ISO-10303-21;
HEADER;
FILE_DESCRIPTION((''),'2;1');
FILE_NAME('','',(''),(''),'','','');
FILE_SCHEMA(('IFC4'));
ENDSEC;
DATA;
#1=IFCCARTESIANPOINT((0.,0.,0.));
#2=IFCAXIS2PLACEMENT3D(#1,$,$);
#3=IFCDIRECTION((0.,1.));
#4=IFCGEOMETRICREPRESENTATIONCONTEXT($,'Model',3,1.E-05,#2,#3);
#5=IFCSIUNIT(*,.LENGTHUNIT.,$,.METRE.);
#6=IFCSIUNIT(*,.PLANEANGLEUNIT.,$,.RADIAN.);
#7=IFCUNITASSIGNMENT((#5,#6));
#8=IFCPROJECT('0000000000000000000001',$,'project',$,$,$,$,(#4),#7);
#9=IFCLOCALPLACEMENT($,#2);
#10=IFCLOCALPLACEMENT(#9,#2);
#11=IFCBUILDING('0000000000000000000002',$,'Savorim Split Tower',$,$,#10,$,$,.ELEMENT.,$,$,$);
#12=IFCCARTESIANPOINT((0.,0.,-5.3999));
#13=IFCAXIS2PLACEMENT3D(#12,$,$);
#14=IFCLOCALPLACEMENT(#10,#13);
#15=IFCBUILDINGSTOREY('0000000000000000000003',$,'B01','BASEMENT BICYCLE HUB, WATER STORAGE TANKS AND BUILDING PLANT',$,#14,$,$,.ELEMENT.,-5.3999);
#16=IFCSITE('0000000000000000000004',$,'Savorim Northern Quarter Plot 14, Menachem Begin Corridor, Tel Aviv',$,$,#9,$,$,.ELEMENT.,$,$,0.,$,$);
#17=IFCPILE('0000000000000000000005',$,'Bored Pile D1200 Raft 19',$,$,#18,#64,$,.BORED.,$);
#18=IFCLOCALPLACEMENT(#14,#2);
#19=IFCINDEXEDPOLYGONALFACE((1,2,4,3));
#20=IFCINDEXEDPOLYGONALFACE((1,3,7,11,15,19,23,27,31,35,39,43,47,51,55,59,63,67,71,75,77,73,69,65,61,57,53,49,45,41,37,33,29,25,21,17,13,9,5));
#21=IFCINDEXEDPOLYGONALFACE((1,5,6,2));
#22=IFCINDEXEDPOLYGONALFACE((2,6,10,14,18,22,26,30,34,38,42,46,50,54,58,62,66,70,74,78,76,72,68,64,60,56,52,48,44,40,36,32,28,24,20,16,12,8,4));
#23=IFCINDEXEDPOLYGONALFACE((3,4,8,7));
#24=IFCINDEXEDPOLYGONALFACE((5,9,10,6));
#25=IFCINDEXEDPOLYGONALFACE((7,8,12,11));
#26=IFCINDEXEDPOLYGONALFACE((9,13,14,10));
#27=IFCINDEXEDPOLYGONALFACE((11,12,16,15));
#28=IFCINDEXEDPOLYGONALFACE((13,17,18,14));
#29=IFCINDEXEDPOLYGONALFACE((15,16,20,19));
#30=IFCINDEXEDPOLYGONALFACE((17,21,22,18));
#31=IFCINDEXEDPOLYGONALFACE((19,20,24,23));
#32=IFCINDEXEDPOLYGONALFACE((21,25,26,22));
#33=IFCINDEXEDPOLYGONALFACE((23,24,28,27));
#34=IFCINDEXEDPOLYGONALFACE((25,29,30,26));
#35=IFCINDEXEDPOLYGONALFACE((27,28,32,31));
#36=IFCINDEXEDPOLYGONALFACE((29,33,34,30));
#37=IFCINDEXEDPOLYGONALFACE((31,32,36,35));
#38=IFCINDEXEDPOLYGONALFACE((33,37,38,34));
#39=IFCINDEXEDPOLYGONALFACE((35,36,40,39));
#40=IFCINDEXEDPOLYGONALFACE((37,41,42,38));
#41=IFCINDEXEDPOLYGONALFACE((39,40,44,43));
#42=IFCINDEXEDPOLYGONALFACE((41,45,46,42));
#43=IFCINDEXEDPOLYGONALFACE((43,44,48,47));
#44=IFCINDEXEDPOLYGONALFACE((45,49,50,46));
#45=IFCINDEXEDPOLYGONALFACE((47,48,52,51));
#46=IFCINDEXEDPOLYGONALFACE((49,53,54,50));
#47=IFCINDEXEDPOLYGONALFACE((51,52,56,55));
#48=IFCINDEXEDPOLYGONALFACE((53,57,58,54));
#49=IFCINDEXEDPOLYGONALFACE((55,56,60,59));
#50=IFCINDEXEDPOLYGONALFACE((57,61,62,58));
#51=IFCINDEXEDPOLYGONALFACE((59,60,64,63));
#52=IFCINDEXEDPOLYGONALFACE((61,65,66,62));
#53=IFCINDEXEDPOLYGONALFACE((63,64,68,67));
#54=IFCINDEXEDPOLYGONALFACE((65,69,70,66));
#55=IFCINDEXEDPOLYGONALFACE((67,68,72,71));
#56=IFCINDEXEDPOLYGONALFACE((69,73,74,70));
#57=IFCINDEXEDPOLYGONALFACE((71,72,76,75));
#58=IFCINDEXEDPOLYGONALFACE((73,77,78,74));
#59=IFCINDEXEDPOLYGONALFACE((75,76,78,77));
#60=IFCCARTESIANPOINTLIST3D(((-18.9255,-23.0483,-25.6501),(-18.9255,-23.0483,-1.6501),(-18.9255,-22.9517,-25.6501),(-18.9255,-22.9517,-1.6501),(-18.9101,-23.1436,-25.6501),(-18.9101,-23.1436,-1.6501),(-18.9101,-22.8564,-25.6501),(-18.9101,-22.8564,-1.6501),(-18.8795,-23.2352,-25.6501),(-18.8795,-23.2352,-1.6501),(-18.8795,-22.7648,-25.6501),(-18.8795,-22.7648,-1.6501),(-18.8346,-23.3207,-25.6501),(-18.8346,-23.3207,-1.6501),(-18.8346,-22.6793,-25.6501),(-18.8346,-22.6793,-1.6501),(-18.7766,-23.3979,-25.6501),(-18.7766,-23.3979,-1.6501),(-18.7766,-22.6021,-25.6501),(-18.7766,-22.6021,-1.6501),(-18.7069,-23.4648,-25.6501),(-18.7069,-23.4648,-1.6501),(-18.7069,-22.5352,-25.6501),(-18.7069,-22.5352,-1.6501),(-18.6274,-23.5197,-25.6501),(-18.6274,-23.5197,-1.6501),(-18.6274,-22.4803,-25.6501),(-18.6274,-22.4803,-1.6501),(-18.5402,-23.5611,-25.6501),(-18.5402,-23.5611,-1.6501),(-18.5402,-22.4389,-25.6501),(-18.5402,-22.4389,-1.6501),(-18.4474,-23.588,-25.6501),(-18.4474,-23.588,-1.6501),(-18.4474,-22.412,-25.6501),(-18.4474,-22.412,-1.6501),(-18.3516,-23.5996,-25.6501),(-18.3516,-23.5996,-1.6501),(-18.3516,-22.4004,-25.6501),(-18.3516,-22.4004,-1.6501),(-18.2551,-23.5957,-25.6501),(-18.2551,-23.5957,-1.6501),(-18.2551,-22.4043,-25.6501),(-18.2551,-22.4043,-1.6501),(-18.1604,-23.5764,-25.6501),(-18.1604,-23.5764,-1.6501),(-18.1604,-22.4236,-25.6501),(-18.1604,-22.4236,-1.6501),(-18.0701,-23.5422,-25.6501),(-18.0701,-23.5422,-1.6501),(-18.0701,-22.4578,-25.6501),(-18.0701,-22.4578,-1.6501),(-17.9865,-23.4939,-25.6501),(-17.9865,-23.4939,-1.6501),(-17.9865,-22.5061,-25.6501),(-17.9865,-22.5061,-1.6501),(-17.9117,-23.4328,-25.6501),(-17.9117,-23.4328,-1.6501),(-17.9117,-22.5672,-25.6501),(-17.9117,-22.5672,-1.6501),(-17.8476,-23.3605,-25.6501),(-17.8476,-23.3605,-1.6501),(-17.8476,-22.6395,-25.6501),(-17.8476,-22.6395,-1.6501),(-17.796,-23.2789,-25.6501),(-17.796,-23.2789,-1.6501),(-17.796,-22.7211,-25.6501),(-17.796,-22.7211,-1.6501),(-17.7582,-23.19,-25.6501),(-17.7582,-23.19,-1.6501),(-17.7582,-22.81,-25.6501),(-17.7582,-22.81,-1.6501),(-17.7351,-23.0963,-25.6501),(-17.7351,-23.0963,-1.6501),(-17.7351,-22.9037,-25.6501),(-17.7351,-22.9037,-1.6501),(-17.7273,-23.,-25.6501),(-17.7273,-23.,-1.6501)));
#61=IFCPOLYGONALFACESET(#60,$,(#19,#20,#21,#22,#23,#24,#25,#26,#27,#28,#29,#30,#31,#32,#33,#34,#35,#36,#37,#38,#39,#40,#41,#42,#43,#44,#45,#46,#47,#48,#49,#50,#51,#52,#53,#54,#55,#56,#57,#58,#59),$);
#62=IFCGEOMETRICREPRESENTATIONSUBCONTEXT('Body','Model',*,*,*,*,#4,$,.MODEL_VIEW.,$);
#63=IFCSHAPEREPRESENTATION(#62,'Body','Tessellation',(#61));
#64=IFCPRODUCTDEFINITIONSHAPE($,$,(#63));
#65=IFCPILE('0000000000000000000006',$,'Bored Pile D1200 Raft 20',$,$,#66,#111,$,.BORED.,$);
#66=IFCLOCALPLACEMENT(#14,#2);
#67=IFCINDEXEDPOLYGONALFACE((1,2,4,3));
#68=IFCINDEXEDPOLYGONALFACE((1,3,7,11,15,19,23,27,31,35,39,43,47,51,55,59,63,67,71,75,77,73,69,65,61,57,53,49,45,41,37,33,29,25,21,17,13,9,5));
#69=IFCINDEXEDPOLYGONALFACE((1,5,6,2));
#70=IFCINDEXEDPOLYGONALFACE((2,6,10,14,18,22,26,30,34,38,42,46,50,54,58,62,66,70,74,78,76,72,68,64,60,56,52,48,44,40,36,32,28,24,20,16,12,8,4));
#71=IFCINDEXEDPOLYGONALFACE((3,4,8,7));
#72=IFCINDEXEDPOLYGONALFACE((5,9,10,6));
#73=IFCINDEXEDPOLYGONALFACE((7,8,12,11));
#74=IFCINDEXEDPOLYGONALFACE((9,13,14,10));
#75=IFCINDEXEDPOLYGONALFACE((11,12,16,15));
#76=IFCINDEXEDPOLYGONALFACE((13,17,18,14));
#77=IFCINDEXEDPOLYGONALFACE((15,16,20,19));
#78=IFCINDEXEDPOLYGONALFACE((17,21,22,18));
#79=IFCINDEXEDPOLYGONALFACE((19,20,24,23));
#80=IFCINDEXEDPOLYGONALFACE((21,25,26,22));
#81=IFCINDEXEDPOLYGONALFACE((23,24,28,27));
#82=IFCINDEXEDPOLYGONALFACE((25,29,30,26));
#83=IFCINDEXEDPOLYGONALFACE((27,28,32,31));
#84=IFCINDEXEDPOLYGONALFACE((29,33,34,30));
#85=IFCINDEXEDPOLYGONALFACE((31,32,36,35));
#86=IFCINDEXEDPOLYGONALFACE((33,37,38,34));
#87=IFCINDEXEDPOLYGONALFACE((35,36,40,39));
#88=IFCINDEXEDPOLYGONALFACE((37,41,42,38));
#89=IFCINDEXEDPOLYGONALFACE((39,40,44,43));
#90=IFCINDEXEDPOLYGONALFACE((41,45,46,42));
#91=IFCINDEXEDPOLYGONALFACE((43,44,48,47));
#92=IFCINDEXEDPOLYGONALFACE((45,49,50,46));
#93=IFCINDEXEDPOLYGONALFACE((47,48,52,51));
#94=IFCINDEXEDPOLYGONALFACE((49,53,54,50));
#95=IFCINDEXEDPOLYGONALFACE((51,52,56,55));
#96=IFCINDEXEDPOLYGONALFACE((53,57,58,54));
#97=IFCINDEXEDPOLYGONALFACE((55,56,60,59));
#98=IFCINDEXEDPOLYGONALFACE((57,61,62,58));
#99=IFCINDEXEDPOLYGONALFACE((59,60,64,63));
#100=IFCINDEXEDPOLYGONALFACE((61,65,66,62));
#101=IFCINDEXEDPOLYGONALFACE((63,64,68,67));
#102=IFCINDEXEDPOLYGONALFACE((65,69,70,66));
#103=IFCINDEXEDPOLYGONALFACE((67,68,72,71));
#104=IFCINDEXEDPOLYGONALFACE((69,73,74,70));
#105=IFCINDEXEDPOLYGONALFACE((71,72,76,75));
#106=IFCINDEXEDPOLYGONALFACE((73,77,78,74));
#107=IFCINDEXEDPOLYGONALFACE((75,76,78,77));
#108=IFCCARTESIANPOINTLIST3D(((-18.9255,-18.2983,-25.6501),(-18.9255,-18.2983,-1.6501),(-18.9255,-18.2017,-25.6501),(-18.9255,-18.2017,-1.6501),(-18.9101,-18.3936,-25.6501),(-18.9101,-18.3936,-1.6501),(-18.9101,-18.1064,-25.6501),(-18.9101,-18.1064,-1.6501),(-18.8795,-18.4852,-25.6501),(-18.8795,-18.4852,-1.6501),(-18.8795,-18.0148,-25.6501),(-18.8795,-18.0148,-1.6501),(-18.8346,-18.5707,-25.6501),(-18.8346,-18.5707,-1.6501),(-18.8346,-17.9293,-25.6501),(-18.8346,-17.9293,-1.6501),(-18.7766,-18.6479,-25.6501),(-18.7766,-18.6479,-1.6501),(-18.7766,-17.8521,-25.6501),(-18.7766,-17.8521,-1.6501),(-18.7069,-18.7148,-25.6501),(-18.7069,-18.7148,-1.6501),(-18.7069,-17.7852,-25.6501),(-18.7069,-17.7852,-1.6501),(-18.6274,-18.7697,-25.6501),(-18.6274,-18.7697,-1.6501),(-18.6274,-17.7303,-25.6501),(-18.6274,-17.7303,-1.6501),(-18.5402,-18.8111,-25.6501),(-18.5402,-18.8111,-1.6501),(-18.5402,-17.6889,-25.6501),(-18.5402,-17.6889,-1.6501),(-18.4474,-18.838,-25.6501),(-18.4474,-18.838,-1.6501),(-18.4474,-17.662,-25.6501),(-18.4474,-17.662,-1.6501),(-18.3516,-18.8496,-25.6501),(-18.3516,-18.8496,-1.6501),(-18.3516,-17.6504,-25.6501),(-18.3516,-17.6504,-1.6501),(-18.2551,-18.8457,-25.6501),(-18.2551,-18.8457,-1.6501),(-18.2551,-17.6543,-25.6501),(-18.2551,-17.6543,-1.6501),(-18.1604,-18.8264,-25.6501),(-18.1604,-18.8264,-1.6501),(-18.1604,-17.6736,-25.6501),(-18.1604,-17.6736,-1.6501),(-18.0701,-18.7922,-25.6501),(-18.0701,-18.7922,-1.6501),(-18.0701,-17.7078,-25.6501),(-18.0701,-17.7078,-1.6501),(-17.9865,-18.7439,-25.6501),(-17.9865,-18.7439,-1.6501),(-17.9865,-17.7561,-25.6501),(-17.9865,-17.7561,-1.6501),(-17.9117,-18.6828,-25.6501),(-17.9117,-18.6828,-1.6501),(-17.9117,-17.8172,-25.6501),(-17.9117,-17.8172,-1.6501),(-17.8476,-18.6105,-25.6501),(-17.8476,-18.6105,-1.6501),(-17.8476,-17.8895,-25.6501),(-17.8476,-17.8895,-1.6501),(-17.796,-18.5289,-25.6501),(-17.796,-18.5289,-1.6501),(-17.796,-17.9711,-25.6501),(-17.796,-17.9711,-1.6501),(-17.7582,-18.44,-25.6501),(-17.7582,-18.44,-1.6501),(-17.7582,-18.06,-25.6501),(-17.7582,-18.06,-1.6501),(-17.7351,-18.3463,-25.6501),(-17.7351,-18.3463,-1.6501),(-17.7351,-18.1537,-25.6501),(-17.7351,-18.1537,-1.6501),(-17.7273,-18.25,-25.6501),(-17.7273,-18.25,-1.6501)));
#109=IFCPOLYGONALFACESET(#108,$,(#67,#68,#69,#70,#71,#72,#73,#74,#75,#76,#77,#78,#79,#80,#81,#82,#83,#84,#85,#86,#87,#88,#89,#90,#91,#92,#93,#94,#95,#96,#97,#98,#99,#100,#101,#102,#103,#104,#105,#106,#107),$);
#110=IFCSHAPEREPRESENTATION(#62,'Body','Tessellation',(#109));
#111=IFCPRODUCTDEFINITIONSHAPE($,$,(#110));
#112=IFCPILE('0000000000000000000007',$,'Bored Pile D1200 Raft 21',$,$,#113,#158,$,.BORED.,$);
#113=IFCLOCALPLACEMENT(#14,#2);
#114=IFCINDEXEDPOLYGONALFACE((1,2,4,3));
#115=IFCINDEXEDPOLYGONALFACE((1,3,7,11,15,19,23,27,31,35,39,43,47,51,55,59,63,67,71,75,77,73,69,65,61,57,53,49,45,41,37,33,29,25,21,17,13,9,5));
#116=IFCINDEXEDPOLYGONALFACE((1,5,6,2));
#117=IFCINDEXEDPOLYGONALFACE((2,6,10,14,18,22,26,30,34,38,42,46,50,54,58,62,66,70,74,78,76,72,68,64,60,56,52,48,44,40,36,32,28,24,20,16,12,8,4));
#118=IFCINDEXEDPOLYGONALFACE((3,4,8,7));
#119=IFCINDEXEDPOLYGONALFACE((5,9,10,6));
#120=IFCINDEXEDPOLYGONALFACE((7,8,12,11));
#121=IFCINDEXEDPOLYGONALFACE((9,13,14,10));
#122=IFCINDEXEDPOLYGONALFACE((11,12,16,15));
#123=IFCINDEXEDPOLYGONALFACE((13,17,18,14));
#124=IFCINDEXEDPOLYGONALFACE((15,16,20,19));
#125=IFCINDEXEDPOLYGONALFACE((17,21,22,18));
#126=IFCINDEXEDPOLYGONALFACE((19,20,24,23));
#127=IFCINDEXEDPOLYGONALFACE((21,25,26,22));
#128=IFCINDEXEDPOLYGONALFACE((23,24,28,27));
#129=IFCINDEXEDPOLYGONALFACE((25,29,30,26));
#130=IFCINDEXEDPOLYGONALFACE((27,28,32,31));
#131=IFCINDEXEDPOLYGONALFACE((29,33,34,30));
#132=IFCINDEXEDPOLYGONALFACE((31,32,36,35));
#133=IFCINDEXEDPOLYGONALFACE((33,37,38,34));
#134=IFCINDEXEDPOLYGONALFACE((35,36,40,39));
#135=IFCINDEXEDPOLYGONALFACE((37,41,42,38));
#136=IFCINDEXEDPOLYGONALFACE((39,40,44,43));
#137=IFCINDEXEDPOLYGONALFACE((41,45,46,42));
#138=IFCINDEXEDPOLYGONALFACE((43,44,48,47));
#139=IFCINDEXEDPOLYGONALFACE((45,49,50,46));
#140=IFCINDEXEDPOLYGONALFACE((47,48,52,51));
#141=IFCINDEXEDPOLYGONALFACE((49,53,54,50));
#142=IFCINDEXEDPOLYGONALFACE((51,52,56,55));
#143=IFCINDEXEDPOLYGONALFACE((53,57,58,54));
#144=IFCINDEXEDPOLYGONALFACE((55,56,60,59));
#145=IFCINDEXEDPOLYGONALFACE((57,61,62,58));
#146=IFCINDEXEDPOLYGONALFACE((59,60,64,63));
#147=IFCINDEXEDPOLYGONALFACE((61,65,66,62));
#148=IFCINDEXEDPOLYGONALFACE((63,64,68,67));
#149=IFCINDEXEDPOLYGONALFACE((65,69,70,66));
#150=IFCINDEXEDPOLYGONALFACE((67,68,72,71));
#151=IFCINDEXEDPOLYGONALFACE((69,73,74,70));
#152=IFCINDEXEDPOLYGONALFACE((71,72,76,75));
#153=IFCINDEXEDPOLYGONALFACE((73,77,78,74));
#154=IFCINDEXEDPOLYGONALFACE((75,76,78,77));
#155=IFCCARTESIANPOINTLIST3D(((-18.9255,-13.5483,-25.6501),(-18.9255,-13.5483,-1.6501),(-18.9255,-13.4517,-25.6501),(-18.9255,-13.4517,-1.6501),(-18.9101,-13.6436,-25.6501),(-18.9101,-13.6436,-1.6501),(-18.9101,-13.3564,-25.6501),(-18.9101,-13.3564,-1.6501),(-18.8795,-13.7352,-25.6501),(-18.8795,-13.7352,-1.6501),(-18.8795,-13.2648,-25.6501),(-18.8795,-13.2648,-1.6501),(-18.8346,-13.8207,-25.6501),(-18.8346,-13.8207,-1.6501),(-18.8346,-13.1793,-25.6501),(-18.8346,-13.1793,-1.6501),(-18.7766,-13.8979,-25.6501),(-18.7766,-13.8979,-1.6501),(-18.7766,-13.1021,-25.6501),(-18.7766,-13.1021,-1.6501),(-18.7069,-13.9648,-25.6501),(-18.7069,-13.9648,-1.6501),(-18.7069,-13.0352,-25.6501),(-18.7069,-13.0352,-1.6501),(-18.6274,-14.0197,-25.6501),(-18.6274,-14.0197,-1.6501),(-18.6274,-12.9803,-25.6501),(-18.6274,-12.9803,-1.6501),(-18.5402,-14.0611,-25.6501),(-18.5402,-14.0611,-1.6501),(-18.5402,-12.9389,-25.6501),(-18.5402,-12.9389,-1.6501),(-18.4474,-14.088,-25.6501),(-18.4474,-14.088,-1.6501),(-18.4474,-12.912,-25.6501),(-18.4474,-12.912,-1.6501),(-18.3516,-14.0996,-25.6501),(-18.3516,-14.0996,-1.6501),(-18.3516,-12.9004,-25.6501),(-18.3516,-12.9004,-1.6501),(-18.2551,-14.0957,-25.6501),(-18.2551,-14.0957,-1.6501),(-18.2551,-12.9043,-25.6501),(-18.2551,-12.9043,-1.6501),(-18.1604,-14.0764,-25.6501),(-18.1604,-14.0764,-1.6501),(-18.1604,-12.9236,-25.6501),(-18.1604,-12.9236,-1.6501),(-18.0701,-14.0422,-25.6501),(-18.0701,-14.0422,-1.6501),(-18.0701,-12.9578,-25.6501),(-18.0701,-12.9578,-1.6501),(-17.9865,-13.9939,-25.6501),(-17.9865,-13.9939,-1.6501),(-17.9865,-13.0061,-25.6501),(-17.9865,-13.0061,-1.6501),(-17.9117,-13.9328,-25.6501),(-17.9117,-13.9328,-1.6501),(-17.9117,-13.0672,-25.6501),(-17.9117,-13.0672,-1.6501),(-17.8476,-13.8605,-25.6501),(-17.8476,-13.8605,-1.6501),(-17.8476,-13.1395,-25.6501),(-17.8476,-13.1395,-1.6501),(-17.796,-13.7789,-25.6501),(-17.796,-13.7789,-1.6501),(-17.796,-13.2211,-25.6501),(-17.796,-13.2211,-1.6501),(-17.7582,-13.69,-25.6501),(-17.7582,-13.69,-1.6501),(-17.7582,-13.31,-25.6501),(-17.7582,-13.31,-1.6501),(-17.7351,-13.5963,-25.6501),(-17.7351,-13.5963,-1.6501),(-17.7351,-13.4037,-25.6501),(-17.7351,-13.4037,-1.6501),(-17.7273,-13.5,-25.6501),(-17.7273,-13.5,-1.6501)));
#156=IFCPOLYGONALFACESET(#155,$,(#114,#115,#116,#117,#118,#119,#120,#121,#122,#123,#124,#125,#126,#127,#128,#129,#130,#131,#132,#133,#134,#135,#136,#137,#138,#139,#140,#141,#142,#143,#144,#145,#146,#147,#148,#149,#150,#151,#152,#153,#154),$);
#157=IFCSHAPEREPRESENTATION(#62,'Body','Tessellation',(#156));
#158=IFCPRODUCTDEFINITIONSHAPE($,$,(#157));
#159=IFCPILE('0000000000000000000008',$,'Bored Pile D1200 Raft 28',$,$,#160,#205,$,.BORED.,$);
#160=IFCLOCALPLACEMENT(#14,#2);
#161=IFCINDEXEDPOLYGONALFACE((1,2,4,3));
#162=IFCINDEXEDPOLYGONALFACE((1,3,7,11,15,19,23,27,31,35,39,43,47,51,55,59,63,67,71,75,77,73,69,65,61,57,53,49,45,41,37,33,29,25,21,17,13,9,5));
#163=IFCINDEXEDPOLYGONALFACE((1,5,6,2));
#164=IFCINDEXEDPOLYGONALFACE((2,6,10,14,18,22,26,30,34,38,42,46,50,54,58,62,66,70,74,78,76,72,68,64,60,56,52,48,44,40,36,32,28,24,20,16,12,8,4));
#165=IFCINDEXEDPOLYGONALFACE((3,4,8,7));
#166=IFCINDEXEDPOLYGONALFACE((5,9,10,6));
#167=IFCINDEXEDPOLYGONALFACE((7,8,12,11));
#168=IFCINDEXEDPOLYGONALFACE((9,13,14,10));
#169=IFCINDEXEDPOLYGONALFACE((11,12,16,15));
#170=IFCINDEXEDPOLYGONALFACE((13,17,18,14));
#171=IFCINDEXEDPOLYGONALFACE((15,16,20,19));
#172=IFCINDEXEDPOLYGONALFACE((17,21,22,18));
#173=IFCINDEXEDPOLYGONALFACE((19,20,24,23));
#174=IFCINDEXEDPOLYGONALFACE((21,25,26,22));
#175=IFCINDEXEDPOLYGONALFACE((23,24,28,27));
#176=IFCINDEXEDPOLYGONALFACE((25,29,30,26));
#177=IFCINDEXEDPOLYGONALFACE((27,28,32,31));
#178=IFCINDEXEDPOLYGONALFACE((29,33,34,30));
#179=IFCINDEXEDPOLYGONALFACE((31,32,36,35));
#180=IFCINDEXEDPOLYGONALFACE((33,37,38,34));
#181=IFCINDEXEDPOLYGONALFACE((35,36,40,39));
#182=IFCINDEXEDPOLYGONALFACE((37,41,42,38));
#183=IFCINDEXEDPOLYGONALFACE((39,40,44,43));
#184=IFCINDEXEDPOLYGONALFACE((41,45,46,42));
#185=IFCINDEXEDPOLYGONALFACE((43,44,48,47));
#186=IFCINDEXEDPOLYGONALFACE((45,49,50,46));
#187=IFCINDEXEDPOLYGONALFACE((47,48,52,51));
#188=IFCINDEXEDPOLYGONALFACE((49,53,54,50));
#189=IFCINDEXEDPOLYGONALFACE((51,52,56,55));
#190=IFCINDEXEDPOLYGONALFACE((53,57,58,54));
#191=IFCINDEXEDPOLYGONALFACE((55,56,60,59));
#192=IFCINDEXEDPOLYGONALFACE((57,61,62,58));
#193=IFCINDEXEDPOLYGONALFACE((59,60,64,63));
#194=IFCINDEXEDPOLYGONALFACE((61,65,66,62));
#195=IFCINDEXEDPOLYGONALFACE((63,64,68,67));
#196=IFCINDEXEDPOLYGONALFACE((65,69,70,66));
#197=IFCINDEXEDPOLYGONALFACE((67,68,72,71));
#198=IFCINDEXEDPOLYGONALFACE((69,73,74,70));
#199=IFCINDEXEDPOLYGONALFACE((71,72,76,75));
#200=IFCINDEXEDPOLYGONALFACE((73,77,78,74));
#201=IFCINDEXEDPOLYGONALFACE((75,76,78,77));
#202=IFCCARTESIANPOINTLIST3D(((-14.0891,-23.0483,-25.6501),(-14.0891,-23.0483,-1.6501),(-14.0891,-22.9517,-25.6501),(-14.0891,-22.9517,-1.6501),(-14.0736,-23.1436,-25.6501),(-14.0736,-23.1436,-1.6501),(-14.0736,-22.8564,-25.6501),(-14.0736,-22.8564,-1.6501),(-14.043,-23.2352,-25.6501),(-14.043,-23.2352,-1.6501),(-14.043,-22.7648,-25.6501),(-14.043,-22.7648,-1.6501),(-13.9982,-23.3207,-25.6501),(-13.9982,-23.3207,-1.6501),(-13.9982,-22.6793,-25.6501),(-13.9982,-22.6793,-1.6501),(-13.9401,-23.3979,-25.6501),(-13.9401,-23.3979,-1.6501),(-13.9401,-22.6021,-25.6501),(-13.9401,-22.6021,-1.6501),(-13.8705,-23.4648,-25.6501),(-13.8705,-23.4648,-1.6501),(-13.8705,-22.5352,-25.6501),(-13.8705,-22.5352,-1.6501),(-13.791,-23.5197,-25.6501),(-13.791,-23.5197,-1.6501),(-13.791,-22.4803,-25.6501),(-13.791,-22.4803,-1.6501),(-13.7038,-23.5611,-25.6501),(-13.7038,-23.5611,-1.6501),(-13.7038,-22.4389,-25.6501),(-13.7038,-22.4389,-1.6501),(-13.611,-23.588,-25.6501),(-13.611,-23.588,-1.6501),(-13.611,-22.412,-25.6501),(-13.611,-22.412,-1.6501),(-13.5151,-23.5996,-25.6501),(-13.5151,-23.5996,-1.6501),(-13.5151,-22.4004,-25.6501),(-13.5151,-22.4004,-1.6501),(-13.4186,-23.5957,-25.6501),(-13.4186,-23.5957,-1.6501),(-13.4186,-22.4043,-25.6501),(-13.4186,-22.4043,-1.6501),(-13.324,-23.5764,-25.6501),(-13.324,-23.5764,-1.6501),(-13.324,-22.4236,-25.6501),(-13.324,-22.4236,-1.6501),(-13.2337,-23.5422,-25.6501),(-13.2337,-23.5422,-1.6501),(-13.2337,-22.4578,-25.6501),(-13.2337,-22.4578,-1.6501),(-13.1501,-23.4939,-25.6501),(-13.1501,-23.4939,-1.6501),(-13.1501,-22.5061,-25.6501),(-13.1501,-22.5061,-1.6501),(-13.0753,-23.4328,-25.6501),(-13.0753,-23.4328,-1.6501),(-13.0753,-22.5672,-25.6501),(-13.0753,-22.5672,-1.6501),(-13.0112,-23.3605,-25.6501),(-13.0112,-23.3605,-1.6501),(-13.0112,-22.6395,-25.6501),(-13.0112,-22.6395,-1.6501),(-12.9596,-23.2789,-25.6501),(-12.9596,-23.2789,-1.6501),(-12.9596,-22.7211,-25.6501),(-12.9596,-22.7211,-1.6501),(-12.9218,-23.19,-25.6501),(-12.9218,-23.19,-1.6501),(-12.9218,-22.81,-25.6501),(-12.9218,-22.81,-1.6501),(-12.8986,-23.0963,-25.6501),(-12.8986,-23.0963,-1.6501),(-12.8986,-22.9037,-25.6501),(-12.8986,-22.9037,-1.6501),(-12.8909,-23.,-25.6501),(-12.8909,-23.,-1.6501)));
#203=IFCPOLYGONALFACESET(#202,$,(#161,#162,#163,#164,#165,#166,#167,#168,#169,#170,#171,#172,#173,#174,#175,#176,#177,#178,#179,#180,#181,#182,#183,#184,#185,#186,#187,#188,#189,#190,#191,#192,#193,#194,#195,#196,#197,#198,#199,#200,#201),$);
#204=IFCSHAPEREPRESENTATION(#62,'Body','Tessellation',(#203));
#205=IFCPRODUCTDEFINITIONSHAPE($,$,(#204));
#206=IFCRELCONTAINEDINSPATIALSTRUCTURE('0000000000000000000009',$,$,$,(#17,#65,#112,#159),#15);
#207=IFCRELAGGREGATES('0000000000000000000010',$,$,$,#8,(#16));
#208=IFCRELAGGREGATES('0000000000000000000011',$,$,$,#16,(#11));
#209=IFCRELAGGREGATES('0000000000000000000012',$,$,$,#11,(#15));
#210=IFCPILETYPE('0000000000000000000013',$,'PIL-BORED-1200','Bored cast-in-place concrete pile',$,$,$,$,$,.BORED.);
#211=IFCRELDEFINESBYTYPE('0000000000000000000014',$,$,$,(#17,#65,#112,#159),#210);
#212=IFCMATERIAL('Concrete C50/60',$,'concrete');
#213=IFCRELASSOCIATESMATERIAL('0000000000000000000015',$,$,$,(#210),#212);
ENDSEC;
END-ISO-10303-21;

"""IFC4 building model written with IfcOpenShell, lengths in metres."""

from ifc_helpers import new_model, si_unit, direction, frame, origin, origin_2d, place, context, subcontext, project, spatial, circle, extrude, material, material_profile, profile_set, type_object, element, save


model = new_model("IFC4")

# Units and contexts
model_context = context("Model", 3, precision=1e-05, world=origin(), true_north=direction((0.0, 1.0)))
body_context = subcontext(model_context, "Body", "Model", "MODEL_VIEW")
ifc_project = project(units=[si_unit("LENGTHUNIT", "METRE"), si_unit("PLANEANGLEUNIT", "RADIAN")], contexts=[model_context])

# Site, building, storey
site_placement = place(None, origin())
site = spatial("IfcSite", under=ifc_project, at=site_placement, Name="Savorim Northern Quarter Plot 14, Menachem Begin Corridor, Tel Aviv", CompositionType="ELEMENT", RefElevation=0.0)
building_placement = place(site_placement, origin())
building = spatial("IfcBuilding", under=site, at=building_placement, Name="Savorim Split Tower", CompositionType="ELEMENT")
storey_placement = place(building_placement, frame((0.0, 0.0, -5.3999)))
storey = spatial("IfcBuildingStorey", under=building, at=storey_placement, Name="B01", Description="BASEMENT BICYCLE HUB, WATER STORAGE TANKS AND BUILDING PLANT", CompositionType="ELEMENT", Elevation=-5.3999)

# Piles
ifc_material_1 = material(Name="Concrete C50/60", Category="concrete")
ifc_material_profile_1 = material_profile(ifc_material_1, circle(Radius=0.6001, at=origin_2d()), Name="PILE D1200")
ifc_profile_set_1 = profile_set([ifc_material_profile_1], Name="Concrete C50/60")
pile_type = type_object("IfcPileType", Name="PIL-BORED-1200", Description="Bored cast-in-place concrete pile", PredefinedType="BORED", material=ifc_profile_set_1)
for number, where, z_axis, x_axis, name in (
    (1, (-18.3274, -23.0, -1.6501), (0.0, 0.0, -1.0), (1.0, 0.0, 0.0), "Bored Pile D1200 Raft 19"),
    (2, (-18.3274, -18.25, -1.6501), (0.0, 0.0, -1.0), (1.0, 0.0, 0.0), "Bored Pile D1200 Raft 20"),
    (3, (-18.3274, -13.5, -1.6501), (0.0, 0.0, -1.0), (1.0, 0.0, 0.0), "Bored Pile D1200 Raft 21"),
    (4, (-13.491, -23.0, -1.6501), (0.0, 0.0, -1.0), (1.0, 0.0, 0.0), "Bored Pile D1200 Raft 28"),
):
    element("IfcPile", number, at=place(storey_placement, frame(where, z_axis=z_axis, x_axis=x_axis)), inside=storey, type_object=pile_type, Name=name, PredefinedType="BORED", context=body_context, shape_type="SweptSolid", body=[
        extrude(circle(Radius=0.6001, at=origin_2d()), origin(), (0.0, 0.0, 1.0), 24.0),
    ])

save(model, "model.ifc")
